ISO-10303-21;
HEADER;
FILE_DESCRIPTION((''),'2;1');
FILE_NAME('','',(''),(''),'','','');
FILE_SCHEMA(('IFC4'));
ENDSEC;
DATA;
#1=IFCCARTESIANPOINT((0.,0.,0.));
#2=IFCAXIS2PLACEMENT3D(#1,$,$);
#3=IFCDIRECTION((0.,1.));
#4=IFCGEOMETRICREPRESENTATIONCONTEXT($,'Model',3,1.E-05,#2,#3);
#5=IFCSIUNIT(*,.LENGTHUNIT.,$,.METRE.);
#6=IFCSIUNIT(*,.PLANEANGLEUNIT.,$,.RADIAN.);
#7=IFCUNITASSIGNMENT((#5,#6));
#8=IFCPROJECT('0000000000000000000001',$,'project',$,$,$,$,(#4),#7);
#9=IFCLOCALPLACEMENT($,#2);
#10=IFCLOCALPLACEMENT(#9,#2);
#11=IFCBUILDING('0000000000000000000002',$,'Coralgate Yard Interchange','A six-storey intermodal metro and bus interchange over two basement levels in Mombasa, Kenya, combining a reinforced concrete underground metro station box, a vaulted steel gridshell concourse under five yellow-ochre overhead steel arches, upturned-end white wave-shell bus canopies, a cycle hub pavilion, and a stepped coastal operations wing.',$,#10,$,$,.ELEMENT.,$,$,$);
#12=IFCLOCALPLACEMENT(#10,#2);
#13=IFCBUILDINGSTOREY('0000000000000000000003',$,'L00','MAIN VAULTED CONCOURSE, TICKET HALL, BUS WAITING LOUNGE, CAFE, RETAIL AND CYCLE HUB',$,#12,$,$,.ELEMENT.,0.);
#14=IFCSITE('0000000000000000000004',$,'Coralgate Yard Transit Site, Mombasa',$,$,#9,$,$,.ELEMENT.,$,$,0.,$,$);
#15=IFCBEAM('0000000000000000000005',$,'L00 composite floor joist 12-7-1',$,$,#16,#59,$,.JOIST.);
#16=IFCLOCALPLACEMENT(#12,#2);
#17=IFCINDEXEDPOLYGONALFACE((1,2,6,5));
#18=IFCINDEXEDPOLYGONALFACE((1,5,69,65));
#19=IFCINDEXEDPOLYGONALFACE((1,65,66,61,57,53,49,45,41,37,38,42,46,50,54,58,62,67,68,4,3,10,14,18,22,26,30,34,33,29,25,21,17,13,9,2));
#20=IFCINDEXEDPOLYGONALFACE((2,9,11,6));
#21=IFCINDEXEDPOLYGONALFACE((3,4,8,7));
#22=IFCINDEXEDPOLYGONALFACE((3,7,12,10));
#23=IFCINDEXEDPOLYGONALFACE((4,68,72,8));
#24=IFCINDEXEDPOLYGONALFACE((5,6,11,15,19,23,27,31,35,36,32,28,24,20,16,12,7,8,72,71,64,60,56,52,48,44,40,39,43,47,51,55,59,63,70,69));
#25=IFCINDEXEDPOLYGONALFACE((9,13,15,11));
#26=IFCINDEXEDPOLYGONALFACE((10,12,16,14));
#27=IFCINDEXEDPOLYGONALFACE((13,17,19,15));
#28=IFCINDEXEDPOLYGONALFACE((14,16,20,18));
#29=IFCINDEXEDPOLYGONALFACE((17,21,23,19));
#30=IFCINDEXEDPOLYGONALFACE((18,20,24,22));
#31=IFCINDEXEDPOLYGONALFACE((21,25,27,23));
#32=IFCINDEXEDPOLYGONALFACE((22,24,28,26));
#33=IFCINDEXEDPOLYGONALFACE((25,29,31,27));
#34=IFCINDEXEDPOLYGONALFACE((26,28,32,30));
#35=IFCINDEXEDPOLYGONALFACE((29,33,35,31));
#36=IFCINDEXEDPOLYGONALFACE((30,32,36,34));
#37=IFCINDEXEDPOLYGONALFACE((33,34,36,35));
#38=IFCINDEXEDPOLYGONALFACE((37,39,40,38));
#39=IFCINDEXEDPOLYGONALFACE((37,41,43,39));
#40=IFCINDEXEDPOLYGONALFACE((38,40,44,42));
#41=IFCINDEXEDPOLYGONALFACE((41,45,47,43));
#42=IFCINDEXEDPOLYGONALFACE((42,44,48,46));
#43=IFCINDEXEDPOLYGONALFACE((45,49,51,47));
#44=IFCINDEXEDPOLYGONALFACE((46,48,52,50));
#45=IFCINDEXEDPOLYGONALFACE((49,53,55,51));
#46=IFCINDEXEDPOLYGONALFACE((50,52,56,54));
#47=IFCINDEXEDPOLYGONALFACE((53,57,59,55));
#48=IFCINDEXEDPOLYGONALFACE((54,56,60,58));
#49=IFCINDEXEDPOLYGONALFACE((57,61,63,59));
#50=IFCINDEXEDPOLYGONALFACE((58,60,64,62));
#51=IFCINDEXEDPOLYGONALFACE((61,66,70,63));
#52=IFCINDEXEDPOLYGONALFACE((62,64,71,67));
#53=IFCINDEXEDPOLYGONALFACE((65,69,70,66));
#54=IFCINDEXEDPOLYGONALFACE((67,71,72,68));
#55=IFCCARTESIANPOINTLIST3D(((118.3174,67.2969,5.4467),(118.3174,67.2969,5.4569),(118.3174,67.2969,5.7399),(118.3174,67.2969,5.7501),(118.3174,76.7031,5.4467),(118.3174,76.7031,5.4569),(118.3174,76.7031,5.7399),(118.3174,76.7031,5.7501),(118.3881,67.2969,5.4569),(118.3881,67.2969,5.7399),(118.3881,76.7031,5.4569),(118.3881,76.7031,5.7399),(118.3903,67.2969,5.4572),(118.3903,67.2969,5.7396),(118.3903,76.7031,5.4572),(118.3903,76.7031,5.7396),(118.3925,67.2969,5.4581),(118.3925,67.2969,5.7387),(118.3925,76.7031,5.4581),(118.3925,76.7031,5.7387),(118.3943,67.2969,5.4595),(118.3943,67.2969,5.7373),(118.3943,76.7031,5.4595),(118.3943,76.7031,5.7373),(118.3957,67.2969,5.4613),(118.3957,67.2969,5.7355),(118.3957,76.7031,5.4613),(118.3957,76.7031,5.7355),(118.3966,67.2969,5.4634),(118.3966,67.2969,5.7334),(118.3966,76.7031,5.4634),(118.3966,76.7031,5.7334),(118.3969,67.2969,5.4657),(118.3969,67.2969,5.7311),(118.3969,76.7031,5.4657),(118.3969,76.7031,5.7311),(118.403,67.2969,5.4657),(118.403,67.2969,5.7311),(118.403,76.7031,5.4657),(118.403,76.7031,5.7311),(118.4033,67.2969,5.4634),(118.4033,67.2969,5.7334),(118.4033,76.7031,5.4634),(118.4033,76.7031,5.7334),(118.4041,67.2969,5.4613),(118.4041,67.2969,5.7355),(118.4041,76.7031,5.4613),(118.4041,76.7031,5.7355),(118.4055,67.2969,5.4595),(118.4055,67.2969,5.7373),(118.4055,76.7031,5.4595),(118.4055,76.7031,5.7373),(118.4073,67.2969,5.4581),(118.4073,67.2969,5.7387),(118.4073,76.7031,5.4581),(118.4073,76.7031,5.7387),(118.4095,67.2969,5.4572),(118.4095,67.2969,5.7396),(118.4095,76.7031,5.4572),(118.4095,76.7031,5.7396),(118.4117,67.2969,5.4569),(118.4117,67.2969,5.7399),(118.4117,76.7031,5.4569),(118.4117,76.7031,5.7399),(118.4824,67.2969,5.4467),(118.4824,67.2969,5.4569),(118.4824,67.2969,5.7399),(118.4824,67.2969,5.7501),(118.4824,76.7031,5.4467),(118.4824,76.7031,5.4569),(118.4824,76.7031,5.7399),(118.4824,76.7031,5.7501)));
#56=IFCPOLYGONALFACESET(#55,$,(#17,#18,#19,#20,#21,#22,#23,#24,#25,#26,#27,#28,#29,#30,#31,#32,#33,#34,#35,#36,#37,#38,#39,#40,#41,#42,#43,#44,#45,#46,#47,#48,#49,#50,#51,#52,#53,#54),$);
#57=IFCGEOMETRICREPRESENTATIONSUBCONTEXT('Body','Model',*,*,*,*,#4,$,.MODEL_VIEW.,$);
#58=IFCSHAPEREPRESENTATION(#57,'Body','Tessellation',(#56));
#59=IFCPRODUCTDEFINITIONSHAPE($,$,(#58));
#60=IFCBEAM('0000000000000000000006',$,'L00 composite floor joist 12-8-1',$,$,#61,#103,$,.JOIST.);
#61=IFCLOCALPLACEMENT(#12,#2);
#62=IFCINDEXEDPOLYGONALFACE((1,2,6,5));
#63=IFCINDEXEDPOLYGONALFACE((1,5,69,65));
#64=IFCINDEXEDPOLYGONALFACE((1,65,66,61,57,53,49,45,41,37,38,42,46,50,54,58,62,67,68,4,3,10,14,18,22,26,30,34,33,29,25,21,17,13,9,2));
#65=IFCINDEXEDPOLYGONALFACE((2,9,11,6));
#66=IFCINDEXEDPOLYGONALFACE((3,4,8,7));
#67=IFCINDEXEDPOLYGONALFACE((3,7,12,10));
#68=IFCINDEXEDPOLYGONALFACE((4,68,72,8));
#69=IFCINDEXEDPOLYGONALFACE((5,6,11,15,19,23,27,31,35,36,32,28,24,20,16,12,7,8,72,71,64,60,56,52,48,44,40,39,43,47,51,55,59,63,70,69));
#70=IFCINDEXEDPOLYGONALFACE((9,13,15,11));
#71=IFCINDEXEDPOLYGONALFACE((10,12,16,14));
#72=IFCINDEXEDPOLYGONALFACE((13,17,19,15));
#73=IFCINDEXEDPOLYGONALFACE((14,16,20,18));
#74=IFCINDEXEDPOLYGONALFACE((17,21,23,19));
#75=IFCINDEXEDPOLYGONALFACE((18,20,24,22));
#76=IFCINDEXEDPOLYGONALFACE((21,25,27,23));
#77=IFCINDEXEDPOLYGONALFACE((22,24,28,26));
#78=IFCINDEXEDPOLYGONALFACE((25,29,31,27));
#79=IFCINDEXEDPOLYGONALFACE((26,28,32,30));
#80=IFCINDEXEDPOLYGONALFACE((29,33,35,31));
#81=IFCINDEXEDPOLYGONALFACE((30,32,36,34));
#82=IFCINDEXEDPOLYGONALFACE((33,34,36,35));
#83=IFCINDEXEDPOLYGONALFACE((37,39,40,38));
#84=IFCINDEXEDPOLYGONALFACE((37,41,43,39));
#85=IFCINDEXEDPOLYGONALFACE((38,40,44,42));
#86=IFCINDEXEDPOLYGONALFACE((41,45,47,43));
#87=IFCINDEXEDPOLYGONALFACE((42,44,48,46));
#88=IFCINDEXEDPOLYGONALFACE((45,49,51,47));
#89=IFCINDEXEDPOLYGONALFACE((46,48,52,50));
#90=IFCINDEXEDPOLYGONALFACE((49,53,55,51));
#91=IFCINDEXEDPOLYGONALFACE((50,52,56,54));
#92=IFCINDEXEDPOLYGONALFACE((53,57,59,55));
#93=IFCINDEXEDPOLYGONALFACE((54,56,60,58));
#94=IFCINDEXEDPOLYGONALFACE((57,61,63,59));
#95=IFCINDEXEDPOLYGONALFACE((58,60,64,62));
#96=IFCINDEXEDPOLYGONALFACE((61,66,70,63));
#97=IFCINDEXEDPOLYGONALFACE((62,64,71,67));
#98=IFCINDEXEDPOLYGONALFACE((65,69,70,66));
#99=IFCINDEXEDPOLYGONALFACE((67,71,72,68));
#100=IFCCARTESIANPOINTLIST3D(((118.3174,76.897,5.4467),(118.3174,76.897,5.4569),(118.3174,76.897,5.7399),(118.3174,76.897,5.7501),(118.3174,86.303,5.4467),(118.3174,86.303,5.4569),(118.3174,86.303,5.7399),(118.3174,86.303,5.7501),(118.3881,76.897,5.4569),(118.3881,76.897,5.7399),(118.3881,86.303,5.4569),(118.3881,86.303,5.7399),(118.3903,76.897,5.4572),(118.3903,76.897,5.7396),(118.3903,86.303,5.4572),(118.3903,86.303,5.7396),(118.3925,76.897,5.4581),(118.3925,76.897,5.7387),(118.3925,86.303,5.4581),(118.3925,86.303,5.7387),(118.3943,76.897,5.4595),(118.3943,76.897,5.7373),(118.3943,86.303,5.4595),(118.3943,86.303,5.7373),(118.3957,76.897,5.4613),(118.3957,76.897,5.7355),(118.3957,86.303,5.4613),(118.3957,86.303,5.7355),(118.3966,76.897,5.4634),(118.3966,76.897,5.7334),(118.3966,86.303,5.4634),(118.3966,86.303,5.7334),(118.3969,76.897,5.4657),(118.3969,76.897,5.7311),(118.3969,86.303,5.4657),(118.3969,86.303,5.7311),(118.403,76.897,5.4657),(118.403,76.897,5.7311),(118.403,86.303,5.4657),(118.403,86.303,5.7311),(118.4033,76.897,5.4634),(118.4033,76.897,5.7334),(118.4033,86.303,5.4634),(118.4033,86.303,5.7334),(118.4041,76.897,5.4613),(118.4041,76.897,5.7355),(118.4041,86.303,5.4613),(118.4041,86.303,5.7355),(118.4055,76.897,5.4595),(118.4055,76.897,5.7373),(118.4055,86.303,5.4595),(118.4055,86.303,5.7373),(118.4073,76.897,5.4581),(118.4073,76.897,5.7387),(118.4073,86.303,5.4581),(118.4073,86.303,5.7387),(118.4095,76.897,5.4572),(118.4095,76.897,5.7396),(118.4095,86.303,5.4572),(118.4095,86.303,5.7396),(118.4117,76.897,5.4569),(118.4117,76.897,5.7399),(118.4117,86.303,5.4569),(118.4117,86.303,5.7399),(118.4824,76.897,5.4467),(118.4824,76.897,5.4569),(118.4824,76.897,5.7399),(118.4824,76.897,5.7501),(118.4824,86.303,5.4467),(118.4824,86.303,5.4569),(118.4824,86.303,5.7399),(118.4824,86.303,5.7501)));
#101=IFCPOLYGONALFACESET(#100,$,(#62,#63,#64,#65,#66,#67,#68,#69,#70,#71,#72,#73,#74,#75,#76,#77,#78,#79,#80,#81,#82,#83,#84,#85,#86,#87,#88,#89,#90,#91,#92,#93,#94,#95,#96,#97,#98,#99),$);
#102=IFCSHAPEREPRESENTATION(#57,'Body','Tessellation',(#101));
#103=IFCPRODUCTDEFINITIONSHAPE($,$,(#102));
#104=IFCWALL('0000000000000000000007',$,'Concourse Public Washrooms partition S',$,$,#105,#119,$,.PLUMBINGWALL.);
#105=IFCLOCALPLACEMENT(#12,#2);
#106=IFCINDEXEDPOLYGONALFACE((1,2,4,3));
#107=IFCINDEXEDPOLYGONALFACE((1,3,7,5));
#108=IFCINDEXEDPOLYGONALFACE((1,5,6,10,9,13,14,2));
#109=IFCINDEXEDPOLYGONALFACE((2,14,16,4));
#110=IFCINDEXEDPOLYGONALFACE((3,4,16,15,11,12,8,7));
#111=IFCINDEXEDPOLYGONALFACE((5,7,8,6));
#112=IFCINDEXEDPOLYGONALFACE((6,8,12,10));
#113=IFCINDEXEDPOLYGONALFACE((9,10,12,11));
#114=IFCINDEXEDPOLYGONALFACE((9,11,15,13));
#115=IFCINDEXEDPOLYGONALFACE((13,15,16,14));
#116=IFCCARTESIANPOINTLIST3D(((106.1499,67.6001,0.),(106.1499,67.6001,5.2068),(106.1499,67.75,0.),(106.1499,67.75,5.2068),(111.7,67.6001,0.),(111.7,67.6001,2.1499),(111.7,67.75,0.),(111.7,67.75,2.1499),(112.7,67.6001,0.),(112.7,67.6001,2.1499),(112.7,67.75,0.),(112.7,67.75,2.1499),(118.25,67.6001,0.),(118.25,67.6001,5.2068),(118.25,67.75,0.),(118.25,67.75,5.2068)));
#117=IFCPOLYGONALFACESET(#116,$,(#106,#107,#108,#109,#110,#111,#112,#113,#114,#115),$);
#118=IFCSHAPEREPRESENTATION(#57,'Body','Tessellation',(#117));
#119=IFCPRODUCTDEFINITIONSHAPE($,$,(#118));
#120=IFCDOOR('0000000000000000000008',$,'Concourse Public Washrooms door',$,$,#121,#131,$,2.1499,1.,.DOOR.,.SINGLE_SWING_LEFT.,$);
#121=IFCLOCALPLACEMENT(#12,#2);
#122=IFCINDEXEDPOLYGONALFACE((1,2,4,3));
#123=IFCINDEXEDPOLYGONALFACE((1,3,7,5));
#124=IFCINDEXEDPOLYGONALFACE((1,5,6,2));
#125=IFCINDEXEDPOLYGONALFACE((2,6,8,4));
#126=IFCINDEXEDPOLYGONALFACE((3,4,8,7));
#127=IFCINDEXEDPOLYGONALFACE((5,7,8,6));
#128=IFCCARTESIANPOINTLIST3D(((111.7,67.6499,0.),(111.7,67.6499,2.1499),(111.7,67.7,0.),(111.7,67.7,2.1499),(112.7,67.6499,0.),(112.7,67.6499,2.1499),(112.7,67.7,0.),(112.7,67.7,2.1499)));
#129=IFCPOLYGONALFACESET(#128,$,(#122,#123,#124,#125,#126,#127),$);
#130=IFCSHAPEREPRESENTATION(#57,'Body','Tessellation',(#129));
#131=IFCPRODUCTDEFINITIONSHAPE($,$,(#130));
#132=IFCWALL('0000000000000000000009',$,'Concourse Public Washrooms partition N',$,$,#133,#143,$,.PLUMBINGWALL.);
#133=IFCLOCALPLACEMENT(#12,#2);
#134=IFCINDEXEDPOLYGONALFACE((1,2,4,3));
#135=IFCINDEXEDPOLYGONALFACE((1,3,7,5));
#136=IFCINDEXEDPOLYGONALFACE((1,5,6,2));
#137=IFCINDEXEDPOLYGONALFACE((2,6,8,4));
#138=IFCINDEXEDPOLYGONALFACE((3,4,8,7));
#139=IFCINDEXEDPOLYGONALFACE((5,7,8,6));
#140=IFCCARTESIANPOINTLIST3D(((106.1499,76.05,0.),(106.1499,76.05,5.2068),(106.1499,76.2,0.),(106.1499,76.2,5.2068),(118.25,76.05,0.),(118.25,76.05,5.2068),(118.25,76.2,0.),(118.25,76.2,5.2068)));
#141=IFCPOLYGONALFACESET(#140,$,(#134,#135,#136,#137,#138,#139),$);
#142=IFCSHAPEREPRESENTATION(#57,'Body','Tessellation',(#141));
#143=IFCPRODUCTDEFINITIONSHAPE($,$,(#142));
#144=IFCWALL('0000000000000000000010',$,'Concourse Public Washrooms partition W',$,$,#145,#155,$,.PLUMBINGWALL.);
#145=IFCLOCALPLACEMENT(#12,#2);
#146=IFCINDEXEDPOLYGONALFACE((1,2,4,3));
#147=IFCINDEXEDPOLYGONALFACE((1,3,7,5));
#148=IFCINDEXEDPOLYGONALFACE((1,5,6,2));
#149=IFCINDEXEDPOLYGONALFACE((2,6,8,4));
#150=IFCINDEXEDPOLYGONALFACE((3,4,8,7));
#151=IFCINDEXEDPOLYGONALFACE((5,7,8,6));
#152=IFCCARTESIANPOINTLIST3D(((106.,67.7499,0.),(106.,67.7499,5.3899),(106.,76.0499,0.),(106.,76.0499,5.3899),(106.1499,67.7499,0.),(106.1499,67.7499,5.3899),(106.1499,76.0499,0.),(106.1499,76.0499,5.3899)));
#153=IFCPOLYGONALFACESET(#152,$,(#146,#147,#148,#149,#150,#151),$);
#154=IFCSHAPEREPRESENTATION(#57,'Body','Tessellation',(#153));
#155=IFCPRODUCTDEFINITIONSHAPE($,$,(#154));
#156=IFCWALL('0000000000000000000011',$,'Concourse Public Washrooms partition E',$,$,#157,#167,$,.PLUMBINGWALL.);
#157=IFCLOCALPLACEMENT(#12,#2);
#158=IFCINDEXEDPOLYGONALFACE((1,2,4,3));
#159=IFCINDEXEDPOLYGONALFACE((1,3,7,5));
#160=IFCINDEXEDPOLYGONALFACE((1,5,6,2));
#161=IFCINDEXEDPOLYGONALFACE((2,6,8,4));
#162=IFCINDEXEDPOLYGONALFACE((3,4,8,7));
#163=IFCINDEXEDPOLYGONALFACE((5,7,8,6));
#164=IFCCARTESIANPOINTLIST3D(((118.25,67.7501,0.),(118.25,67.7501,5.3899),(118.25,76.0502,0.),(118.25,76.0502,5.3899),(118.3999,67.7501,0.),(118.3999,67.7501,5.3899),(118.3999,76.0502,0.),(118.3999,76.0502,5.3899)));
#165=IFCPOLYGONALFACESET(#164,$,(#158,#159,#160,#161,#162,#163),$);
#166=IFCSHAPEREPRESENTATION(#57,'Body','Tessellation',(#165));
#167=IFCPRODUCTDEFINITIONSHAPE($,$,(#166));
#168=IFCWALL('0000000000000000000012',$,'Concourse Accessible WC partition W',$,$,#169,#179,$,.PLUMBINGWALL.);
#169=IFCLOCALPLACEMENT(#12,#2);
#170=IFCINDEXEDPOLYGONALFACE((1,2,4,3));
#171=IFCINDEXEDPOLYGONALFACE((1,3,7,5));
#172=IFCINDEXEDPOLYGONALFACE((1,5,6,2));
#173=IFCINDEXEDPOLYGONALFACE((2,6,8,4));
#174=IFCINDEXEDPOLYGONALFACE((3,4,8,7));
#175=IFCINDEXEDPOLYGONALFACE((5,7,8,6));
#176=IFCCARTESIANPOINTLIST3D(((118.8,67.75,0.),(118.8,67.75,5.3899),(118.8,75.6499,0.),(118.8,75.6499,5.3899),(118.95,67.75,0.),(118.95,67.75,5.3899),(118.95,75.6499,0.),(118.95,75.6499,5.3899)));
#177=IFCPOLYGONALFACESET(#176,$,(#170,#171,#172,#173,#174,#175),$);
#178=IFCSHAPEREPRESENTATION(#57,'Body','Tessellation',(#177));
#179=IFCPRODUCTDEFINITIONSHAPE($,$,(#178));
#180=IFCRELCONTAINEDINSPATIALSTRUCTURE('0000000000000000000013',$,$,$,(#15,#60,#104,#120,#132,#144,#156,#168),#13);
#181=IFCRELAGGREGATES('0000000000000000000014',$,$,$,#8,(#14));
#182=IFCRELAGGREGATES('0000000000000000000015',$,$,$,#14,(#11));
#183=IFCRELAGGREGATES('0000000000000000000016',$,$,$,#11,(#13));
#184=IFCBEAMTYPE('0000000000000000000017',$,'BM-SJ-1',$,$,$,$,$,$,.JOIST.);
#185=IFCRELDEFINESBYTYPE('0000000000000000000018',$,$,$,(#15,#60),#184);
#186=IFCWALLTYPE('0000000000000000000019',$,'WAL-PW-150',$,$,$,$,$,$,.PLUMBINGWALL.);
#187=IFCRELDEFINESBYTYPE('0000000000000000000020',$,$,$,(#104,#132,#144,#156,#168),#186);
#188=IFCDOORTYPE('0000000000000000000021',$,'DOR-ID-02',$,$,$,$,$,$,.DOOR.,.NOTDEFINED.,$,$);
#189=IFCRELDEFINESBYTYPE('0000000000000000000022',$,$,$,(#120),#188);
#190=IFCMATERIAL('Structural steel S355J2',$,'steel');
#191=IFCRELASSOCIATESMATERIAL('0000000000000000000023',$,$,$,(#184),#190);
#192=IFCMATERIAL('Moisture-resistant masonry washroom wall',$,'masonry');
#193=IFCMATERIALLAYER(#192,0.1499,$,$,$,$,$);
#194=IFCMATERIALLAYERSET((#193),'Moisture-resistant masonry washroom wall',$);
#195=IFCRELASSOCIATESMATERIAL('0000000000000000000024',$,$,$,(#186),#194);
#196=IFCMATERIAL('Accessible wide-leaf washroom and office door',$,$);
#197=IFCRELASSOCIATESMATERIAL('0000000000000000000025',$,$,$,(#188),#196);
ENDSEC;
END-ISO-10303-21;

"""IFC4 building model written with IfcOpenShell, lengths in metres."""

from ifc_helpers import new_model, si_unit, direction, frame, frame_2d, origin, origin_2d, place, context, subcontext, project, spatial, rectangle, i_section, extrude, material, layer, layer_set, material_profile, profile_set, type_object, element, fill, save


model = new_model("IFC4")

# Units and contexts
model_context = context("Model", 3, precision=1e-05, world=origin(), true_north=direction((0.0, 1.0)))
body_context = subcontext(model_context, "Body", "Model", "MODEL_VIEW")
ifc_project = project(units=[si_unit("LENGTHUNIT", "METRE"), si_unit("PLANEANGLEUNIT", "RADIAN")], contexts=[model_context])

# Site, building, storey
site_placement = place(None, origin())
site = spatial("IfcSite", under=ifc_project, at=site_placement, Name="Coralgate Yard Transit Site, Mombasa", CompositionType="ELEMENT", RefElevation=0.0)
building_placement = place(site_placement, origin())
building = spatial("IfcBuilding", under=site, at=building_placement, Name="Coralgate Yard Interchange", Description="A six-storey intermodal metro and bus interchange over two basement levels in Mombasa, Kenya, combining a reinforced concrete underground metro station box, a vaulted steel gridshell concourse under five yellow-ochre overhead steel arches, upturned-end white wave-shell bus canopies, a cycle hub pavilion, and a stepped coastal operations wing.", CompositionType="ELEMENT")
storey_placement = place(building_placement, origin())
storey = spatial("IfcBuildingStorey", under=building, at=storey_placement, Name="L00", Description="MAIN VAULTED CONCOURSE, TICKET HALL, BUS WAITING LOUNGE, CAFE, RETAIL AND CYCLE HUB", CompositionType="ELEMENT", Elevation=0.0)

# Shared definitions
ifc_material_1 = material(Name="Structural steel S355J2", Category="steel")

# Beams
ifc_material_profile_1 = material_profile(ifc_material_1, i_section(OverallWidth=0.165, OverallDepth=0.3035, WebThickness=0.0061, FlangeThickness=0.0103, FilletRadius=0.0088, at=origin_2d()), Name="UB 305x165x40")
ifc_profile_set_1 = profile_set([ifc_material_profile_1], Name="Structural steel S355J2")
beam_type_1 = type_object("IfcBeamType", Name="BM-SJ-1", PredefinedType="JOIST", material=ifc_profile_set_1)
beam_1_placement = place(storey_placement, frame((118.3999, 67.2969, 5.5984), z_axis=(0.0, 1.0, 0.0), x_axis=(-1.0, 0.0, 0.0)))
element("IfcBeam", 1, at=beam_1_placement, inside=storey, type_object=beam_type_1, Name="L00 composite floor joist 12-7-1", PredefinedType="JOIST", context=body_context, shape_type="SweptSolid", body=[
    extrude(i_section(OverallWidth=0.165, OverallDepth=0.3035, WebThickness=0.0061, FlangeThickness=0.0103, FilletRadius=0.0088, at=origin_2d()), origin(), (0.0, 0.0, 1.0), 9.4062),
])
beam_2_placement = place(storey_placement, frame((118.3999, 76.897, 5.5984), z_axis=(0.0, 1.0, 0.0), x_axis=(-1.0, 0.0, 0.0)))
element("IfcBeam", 2, at=beam_2_placement, inside=storey, type_object=beam_type_1, Name="L00 composite floor joist 12-8-1", PredefinedType="JOIST", context=body_context, shape_type="SweptSolid", body=[
    extrude(i_section(OverallWidth=0.165, OverallDepth=0.3035, WebThickness=0.0061, FlangeThickness=0.0103, FilletRadius=0.0088, at=origin_2d()), origin(), (0.0, 0.0, 1.0), 9.406),
])

# Wall, opening, door
ifc_material_2 = material(Name="Moisture-resistant masonry washroom wall", Category="masonry")
ifc_layer_1 = layer(ifc_material_2, 0.1499)
ifc_layer_set_1 = layer_set([ifc_layer_1], Name="Moisture-resistant masonry washroom wall")
wall_type_1 = type_object("IfcWallType", Name="WAL-PW-150", PredefinedType="PLUMBINGWALL", material=ifc_layer_set_1)
wall_1_placement = place(storey_placement, frame((118.25, 67.675, 0.0), z_axis=(0.0, 0.0, 1.0), x_axis=(-1.0, 0.0, 0.0)))
wall_1 = element("IfcWall", 3, at=wall_1_placement, inside=storey, type_object=wall_type_1, Name="Concourse Public Washrooms partition S", PredefinedType="PLUMBINGWALL", context=body_context, shape_type="SweptSolid", body=[
    extrude(rectangle(XDim=12.1001, YDim=0.1499, at=frame_2d((6.05, 0.0))), origin(), (0.0, 0.0, 1.0), 5.2068),
])
opening_placement = place(wall_1_placement, frame((5.55, 0.0, 0.0)))
opening = element("IfcOpeningElement", 4, at=opening_placement, cuts=wall_1, PredefinedType="OPENING", context=body_context, shape_type="SweptSolid", body=[
    extrude(rectangle(XDim=1.0, YDim=2.1499, at=frame_2d((0.5, 1.075))), frame((0.0, 0.085, 0.0), z_axis=(0.0, -1.0, 0.0), x_axis=(1.0, 0.0, 0.0)), (0.0, 0.0, 1.0), 0.1699),
])
ifc_material_3 = material(Name="Accessible wide-leaf washroom and office door")
door_type = type_object("IfcDoorType", Name="DOR-ID-02", OperationType="NOTDEFINED", PredefinedType="DOOR", material=ifc_material_3)
door_placement = place(opening_placement, frame((1.0, 0.0, 0.0), z_axis=(0.0, 0.0, 1.0), x_axis=(-1.0, 0.0, 0.0)))
door = element("IfcDoor", 5, at=door_placement, inside=storey, type_object=door_type, Name="Concourse Public Washrooms door", OperationType="SINGLE_SWING_LEFT", OverallHeight=2.1499, OverallWidth=1.0, PredefinedType="DOOR", context=body_context, shape_type="SweptSolid", body=[
    extrude(rectangle(XDim=1.0, YDim=2.1499, at=frame_2d((0.5, 1.075))), frame((0.0, 0.0249, 0.0), z_axis=(0.0, -1.0, 0.0), x_axis=(1.0, 0.0, 0.0)), (0.0, 0.0, 1.0), 0.05),
])
fill(opening, door)

# Walls
wall_2_placement = place(storey_placement, frame((106.1499, 76.125, 0.0), z_axis=(0.0, 0.0, 1.0), x_axis=(1.0, 0.0, 0.0)))
element("IfcWall", 6, at=wall_2_placement, inside=storey, type_object=wall_type_1, Name="Concourse Public Washrooms partition N", PredefinedType="PLUMBINGWALL", context=body_context, shape_type="SweptSolid", body=[
    extrude(rectangle(XDim=12.1001, YDim=0.1499, at=frame_2d((6.05, 0.0))), origin(), (0.0, 0.0, 1.0), 5.2068),
])
for number, where, z_axis, x_axis, name in (
    (7, (106.075, 67.75, 0.0), (0.0, 0.0, 1.0), (0.0, 1.0, 0.0), "Concourse Public Washrooms partition W"),
    (8, (118.325, 76.05, 0.0), (0.0, 0.0, 1.0), (0.0, -1.0, 0.0), "Concourse Public Washrooms partition E"),
):
    element("IfcWall", number, at=place(storey_placement, frame(where, z_axis=z_axis, x_axis=x_axis)), inside=storey, type_object=wall_type_1, Name=name, PredefinedType="PLUMBINGWALL", context=body_context, shape_type="SweptSolid", body=[
        extrude(rectangle(XDim=8.3, YDim=0.1499, at=frame_2d((4.1499, 0.0))), origin(), (0.0, 0.0, 1.0), 5.3899),
    ])
wall_3_placement = place(storey_placement, frame((118.875, 67.75, 0.0), z_axis=(0.0, 0.0, 1.0), x_axis=(0.0, 1.0, 0.0)))
element("IfcWall", 9, at=wall_3_placement, inside=storey, type_object=wall_type_1, Name="Concourse Accessible WC partition W", PredefinedType="PLUMBINGWALL", context=body_context, shape_type="SweptSolid", body=[
    extrude(rectangle(XDim=7.8999, YDim=0.1499, at=frame_2d((3.95, 0.0))), origin(), (0.0, 0.0, 1.0), 5.3899),
])

save(model, "model.ifc")
